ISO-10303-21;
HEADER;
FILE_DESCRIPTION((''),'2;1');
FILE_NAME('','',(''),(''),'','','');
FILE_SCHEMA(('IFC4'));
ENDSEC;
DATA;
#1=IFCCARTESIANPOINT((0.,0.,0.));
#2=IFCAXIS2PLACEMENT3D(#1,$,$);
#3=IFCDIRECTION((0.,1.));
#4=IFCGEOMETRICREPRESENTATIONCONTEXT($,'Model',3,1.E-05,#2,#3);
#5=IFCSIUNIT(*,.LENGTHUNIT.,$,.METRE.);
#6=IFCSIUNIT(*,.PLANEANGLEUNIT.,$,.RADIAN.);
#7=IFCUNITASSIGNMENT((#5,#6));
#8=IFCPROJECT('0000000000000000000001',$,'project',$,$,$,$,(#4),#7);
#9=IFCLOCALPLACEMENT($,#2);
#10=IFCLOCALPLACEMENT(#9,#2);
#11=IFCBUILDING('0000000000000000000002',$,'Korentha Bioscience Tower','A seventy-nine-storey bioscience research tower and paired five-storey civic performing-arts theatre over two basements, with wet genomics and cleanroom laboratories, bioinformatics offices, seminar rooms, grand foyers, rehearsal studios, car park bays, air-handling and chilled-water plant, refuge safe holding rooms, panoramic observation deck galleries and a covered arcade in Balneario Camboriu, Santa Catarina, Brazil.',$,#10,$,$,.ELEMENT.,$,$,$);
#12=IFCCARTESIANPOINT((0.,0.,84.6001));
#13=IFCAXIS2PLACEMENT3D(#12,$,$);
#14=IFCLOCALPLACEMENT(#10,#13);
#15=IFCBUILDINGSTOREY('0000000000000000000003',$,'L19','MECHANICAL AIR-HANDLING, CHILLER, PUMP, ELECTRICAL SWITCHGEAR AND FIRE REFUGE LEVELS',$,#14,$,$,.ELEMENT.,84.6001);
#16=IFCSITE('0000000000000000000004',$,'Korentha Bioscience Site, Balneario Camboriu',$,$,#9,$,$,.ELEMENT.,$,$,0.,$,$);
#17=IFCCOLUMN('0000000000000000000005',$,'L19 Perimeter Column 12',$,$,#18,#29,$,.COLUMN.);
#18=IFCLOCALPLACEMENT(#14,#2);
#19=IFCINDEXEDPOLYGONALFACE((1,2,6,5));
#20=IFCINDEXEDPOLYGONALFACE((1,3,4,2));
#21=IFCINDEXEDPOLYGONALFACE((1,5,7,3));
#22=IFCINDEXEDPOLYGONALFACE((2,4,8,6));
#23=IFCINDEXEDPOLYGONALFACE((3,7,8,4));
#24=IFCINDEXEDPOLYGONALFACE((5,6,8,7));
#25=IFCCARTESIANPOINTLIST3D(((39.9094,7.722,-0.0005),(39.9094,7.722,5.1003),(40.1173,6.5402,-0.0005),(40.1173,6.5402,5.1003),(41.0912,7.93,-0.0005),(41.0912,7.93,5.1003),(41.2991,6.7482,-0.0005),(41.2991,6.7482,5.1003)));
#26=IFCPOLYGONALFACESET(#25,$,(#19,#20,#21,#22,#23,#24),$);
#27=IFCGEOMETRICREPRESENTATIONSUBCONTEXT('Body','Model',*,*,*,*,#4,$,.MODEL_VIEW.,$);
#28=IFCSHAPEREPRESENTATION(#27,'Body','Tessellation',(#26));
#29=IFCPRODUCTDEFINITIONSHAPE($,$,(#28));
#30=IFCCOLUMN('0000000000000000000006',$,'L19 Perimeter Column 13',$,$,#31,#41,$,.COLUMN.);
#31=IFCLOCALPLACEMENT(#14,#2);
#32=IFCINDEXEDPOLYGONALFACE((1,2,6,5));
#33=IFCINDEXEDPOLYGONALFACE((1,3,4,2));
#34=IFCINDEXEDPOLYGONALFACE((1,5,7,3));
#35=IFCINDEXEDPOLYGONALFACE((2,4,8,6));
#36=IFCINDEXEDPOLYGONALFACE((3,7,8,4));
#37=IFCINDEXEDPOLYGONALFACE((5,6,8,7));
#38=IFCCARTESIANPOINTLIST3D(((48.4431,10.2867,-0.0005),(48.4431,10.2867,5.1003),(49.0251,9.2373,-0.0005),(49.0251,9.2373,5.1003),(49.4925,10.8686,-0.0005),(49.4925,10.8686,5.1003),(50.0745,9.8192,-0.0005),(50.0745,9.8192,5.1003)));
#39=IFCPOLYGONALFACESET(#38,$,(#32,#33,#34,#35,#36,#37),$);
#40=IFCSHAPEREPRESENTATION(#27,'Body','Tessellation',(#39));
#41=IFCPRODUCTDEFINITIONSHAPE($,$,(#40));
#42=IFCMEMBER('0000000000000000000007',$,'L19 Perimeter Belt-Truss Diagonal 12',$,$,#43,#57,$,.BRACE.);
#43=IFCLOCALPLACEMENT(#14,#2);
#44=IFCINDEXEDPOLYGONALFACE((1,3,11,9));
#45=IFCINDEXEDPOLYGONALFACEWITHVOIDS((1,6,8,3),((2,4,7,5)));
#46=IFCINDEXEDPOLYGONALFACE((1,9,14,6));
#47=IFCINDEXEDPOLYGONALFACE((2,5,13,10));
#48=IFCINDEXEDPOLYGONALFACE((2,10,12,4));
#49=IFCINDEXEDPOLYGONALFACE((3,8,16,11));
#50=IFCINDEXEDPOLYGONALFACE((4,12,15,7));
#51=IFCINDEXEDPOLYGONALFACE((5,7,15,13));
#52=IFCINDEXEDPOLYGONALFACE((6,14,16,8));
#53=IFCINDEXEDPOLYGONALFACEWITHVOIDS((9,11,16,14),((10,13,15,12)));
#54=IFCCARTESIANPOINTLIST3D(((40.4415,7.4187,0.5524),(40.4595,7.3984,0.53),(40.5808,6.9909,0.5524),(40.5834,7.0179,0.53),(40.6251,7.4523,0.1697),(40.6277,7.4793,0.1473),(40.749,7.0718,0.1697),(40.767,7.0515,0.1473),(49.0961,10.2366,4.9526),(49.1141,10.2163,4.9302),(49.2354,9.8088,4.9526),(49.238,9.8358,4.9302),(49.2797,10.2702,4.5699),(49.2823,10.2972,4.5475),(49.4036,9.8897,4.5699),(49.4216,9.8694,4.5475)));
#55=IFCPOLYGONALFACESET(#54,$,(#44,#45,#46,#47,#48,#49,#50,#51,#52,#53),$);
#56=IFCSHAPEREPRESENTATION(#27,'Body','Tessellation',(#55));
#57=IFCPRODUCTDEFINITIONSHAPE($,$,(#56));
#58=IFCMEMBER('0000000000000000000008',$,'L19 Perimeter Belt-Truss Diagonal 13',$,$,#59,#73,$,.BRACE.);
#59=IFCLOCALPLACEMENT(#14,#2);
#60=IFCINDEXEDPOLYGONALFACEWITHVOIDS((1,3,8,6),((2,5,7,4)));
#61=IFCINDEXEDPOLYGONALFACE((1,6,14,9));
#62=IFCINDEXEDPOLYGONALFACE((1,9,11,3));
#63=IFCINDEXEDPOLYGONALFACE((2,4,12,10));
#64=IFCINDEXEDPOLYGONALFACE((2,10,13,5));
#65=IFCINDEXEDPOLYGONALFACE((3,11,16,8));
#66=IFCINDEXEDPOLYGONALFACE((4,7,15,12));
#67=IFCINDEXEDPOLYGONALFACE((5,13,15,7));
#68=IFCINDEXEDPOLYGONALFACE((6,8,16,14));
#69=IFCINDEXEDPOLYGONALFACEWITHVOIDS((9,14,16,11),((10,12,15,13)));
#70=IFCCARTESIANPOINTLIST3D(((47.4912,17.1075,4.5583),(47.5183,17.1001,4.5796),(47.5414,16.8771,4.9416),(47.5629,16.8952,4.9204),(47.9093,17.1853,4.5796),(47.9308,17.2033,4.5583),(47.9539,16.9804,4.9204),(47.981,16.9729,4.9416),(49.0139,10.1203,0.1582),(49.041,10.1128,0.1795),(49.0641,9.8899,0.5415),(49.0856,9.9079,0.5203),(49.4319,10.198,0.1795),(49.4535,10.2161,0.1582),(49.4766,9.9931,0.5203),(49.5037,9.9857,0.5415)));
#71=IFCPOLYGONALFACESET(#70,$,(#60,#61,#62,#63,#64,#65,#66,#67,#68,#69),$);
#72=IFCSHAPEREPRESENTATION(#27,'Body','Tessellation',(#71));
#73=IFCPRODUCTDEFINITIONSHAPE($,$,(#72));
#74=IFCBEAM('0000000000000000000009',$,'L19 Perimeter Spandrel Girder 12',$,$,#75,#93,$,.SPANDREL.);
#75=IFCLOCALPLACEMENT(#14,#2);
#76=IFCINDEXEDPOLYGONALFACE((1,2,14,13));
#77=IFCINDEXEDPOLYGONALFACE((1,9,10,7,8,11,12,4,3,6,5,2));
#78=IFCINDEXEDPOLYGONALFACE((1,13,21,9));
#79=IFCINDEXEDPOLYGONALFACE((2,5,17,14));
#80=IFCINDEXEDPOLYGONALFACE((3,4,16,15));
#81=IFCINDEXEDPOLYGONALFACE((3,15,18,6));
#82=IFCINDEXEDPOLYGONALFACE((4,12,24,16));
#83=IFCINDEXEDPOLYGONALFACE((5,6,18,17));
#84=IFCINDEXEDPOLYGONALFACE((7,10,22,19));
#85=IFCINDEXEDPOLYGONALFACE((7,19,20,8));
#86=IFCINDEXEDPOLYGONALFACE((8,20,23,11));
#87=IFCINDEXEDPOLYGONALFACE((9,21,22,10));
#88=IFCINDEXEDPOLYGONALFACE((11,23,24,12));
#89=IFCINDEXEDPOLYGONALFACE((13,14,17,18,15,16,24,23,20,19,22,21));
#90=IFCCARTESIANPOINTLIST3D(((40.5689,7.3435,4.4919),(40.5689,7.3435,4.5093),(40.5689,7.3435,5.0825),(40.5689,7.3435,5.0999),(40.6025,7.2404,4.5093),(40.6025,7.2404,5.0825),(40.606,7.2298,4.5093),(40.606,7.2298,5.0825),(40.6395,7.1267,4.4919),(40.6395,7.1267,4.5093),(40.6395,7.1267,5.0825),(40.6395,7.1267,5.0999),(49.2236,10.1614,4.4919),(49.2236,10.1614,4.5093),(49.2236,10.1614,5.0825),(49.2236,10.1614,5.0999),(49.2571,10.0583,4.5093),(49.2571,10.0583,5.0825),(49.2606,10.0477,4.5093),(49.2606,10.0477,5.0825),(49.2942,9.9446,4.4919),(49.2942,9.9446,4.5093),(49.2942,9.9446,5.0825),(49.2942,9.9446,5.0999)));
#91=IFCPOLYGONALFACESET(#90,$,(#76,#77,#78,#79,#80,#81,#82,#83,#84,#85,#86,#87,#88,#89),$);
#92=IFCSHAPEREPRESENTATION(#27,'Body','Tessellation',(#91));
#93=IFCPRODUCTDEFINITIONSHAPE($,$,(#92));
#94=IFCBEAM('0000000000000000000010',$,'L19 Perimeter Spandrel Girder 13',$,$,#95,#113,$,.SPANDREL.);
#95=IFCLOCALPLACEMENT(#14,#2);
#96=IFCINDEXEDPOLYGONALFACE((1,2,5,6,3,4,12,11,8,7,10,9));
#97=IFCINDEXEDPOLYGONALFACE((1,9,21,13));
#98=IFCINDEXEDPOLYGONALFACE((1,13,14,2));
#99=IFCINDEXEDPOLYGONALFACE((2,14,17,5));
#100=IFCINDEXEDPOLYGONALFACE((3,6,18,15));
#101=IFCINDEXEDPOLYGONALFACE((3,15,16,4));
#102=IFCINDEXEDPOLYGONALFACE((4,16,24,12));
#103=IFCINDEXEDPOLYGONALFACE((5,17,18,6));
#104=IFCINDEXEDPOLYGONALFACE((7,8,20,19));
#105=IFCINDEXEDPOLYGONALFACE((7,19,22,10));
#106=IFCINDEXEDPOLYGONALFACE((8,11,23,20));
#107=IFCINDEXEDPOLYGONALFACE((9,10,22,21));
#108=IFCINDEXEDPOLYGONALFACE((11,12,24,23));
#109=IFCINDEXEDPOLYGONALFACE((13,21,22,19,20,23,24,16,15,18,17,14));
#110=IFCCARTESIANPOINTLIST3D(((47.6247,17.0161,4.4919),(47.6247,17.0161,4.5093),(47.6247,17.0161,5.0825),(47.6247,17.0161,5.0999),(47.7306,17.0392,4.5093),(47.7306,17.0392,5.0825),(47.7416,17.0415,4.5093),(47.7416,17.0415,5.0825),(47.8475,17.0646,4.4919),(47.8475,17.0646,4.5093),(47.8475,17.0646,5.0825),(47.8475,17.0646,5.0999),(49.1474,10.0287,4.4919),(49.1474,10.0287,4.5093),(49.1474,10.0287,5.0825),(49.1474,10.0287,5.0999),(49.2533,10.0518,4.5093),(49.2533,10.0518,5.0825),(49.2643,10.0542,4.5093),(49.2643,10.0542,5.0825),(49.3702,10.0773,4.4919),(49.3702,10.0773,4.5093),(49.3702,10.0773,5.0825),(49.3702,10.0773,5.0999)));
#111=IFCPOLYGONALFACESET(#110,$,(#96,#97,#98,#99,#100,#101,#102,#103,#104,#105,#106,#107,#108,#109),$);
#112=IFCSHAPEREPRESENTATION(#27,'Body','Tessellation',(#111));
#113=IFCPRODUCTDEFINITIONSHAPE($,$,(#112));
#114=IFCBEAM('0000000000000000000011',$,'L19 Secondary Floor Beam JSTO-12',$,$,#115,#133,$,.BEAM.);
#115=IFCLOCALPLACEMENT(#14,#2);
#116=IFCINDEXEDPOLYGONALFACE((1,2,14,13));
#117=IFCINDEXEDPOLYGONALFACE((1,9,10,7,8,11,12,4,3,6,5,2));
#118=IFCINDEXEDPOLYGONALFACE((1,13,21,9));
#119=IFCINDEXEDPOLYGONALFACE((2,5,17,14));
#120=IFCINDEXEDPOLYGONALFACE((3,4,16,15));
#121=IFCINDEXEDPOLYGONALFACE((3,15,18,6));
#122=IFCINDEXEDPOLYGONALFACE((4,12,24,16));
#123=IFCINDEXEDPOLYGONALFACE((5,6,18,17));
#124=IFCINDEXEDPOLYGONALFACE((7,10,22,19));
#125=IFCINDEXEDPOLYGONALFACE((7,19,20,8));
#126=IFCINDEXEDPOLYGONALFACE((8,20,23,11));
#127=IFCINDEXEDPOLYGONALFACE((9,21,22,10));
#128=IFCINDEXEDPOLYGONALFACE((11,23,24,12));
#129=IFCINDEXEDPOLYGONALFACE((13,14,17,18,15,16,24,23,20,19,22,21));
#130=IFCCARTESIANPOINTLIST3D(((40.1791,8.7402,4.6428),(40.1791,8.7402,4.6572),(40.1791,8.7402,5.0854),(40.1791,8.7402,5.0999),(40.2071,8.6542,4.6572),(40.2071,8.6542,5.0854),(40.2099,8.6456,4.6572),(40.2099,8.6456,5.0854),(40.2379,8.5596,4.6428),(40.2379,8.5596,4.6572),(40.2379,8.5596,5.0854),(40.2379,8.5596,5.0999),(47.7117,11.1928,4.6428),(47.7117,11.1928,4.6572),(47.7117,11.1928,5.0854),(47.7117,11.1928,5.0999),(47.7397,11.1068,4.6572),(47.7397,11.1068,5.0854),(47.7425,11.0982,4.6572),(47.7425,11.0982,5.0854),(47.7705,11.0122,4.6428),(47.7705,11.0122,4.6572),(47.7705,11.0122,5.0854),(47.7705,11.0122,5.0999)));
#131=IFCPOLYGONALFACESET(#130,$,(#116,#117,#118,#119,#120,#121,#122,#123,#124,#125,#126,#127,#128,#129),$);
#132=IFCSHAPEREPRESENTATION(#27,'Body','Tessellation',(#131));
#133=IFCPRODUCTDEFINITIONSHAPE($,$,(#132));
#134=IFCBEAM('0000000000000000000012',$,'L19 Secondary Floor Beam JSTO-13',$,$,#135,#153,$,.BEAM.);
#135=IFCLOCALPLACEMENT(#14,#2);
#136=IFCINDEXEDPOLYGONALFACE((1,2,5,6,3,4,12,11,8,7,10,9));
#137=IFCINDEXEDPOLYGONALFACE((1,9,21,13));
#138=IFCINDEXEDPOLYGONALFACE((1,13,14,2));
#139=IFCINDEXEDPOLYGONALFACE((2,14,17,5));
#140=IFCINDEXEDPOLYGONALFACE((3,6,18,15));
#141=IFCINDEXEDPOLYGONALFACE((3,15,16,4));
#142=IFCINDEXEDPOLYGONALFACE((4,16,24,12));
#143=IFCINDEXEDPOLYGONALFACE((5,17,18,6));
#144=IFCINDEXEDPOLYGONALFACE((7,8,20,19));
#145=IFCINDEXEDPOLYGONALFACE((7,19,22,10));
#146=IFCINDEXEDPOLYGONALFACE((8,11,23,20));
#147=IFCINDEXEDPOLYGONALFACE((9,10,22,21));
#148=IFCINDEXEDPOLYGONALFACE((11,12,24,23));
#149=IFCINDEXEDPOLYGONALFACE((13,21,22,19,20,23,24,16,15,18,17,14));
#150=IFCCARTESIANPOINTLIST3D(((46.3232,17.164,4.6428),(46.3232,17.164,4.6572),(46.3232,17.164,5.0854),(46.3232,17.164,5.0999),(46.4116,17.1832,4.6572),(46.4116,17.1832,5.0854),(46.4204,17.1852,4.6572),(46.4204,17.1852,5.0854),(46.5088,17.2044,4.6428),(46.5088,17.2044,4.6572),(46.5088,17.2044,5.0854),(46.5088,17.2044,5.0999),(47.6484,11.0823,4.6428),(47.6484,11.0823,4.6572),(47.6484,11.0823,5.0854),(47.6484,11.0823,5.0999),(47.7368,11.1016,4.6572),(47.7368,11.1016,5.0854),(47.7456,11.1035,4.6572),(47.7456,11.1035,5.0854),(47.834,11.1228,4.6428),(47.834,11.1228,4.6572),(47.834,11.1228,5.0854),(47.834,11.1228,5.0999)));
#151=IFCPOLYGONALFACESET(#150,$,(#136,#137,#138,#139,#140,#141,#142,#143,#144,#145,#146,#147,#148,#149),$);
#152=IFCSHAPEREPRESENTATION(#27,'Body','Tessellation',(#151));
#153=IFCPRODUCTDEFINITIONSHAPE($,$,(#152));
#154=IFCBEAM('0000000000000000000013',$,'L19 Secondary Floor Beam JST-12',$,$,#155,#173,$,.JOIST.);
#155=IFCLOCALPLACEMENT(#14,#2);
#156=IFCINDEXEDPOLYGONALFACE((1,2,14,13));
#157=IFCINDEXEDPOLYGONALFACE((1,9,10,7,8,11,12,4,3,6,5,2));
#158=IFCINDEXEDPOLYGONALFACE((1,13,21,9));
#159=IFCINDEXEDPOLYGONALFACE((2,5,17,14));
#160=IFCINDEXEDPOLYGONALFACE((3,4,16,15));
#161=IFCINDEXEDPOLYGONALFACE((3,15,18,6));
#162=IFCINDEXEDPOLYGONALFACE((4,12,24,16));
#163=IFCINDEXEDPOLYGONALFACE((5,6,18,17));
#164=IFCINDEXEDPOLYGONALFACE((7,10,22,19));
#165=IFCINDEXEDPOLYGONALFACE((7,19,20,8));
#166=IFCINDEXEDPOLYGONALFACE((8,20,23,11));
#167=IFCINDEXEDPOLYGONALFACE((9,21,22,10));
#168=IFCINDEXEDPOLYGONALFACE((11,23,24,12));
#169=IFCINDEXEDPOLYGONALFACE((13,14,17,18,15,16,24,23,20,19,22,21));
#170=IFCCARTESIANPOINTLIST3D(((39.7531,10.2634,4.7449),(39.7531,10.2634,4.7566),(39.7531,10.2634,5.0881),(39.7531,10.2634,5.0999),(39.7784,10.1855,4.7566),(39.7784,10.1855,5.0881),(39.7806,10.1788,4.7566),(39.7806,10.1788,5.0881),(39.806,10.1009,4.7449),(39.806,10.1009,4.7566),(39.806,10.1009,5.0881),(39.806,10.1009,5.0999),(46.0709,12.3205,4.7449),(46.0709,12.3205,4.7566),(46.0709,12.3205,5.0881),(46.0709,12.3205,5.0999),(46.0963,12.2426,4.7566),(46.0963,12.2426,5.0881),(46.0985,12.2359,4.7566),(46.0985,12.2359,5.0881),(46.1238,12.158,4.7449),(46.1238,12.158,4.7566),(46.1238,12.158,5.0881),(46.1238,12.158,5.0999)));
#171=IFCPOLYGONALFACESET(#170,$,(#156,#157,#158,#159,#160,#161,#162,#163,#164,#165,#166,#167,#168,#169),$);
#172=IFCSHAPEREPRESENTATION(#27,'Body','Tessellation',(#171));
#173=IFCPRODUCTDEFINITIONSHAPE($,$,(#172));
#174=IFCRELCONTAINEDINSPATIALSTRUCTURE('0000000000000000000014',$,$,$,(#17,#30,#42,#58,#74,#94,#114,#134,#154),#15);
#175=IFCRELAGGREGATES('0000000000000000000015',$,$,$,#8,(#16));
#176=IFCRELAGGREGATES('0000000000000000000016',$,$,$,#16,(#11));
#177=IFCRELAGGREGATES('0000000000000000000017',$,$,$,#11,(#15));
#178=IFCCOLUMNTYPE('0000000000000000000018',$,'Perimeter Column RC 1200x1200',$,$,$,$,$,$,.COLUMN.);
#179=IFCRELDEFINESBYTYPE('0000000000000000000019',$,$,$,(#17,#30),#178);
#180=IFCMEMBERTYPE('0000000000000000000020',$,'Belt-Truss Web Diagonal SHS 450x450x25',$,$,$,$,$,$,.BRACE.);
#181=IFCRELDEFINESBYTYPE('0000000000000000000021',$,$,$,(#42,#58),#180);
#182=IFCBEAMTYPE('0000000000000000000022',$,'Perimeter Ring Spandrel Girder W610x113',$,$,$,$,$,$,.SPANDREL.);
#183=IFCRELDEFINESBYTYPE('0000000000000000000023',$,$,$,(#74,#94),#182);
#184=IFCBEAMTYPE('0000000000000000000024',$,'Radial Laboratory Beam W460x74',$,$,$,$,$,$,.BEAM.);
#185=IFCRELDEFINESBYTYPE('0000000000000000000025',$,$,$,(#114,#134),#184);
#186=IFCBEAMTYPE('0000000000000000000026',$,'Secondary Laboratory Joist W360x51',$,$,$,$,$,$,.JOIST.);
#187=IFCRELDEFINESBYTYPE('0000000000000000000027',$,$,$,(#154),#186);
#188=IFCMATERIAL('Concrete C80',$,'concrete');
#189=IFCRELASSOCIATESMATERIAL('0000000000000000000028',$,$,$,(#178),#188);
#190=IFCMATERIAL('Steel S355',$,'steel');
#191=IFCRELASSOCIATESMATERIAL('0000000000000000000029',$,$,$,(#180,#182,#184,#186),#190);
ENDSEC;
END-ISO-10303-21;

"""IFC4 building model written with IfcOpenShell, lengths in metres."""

from ifc_helpers import new_model, si_unit, direction, frame, origin, origin_2d, place, context, subcontext, project, spatial, rectangle, hollow_rectangle, i_section, extrude, material, material_profile, profile_set, type_object, element, save


model = new_model("IFC4")

# Units and contexts
model_context = context("Model", 3, precision=1e-05, world=origin(), true_north=direction((0.0, 1.0)))
body_context = subcontext(model_context, "Body", "Model", "MODEL_VIEW")
ifc_project = project(units=[si_unit("LENGTHUNIT", "METRE"), si_unit("PLANEANGLEUNIT", "RADIAN")], contexts=[model_context])

# Site, building, storey
site_placement = place(None, origin())
site = spatial("IfcSite", under=ifc_project, at=site_placement, Name="Korentha Bioscience Site, Balneario Camboriu", CompositionType="ELEMENT", RefElevation=0.0)
building_placement = place(site_placement, origin())
building = spatial("IfcBuilding", under=site, at=building_placement, Name="Korentha Bioscience Tower", Description="A seventy-nine-storey bioscience research tower and paired five-storey civic performing-arts theatre over two basements, with wet genomics and cleanroom laboratories, bioinformatics offices, seminar rooms, grand foyers, rehearsal studios, car park bays, air-handling and chilled-water plant, refuge safe holding rooms, panoramic observation deck galleries and a covered arcade in Balneario Camboriu, Santa Catarina, Brazil.", CompositionType="ELEMENT")
storey_placement = place(building_placement, frame((0.0, 0.0, 84.6001)))
storey = spatial("IfcBuildingStorey", under=building, at=storey_placement, Name="L19", Description="MECHANICAL AIR-HANDLING, CHILLER, PUMP, ELECTRICAL SWITCHGEAR AND FIRE REFUGE LEVELS", CompositionType="ELEMENT", Elevation=84.6001)

# Columns
ifc_material_1 = material(Name="Concrete C80", Category="concrete")
ifc_material_profile_1 = material_profile(ifc_material_1, rectangle(XDim=1.2, YDim=1.2, at=origin_2d()), Name="Concrete C80")
ifc_profile_set_1 = profile_set([ifc_material_profile_1], Name="Concrete C80 (COL-P12)")
column_type = type_object("IfcColumnType", Name="Perimeter Column RC 1200x1200", PredefinedType="COLUMN", material=ifc_profile_set_1)
for number, where, z_axis, x_axis, name in (
    (1, (40.6042, 7.2351, -0.0005), (0.0, 0.0, 1.0), (0.984868, 0.173304, 0.0), "L19 Perimeter Column 12"),
    (2, (49.2588, 10.053, -0.0005), (0.0, 0.0, 1.0), (0.874535, 0.484962, 0.0), "L19 Perimeter Column 13"),
):
    element("IfcColumn", number, at=place(storey_placement, frame(where, z_axis=z_axis, x_axis=x_axis)), inside=storey, type_object=column_type, Name=name, PredefinedType="COLUMN", context=body_context, shape_type="SweptSolid", body=[
        extrude(rectangle(XDim=1.2, YDim=1.2, at=origin_2d()), origin(), (0.0, 0.0, 1.0), 5.1008),
    ])

# Members
ifc_material_2 = material(Name="Steel S355", Category="steel")
ifc_material_profile_2 = material_profile(ifc_material_2, hollow_rectangle(XDim=0.45, YDim=0.45, WallThickness=0.0249, at=origin_2d()), Name="Steel S355")
ifc_profile_set_2 = profile_set([ifc_material_profile_2], Name="Steel S355 (BT-D450)")
member_type = type_object("IfcMemberType", Name="Belt-Truss Web Diagonal SHS 450x450x25", PredefinedType="BRACE", material=ifc_profile_set_2)
member_1_placement = place(storey_placement, frame((40.6042, 7.2351, 0.3499), z_axis=(0.856077, 0.278734, 0.435247), x_axis=(-0.309597, 0.950868, 0.0)))
element("IfcMember", 3, at=member_1_placement, inside=storey, type_object=member_type, Name="L19 Perimeter Belt-Truss Diagonal 12", PredefinedType="BRACE", context=body_context, shape_type="SweptSolid", body=[
    extrude(hollow_rectangle(XDim=0.45, YDim=0.45, WallThickness=0.0249, at=origin_2d()), origin(), (0.0, 0.0, 1.0), 10.1096),
])
member_2_placement = place(storey_placement, frame((49.2588, 10.053, 0.3499), z_axis=(-0.181349, 0.832162, 0.524041), x_axis=(-0.977068, -0.212927, 0.0)))
element("IfcMember", 4, at=member_2_placement, inside=storey, type_object=member_type, Name="L19 Perimeter Belt-Truss Diagonal 13", PredefinedType="BRACE", context=body_context, shape_type="SweptSolid", body=[
    extrude(hollow_rectangle(XDim=0.45, YDim=0.45, WallThickness=0.0249, at=origin_2d()), origin(), (0.0, 0.0, 1.0), 8.3965),
])

# Beams
ifc_material_profile_3 = material_profile(ifc_material_2, i_section(OverallWidth=0.228, OverallDepth=0.6079, WebThickness=0.0112, FlangeThickness=0.0173, at=origin_2d()), Name="Steel S355")
ifc_profile_set_3 = profile_set([ifc_material_profile_3], Name="Steel S355 (SB-610)")
beam_type_1 = type_object("IfcBeamType", Name="Perimeter Ring Spandrel Girder W610x113", PredefinedType="SPANDREL", material=ifc_profile_set_3)
beam_1_placement = place(storey_placement, frame((40.6042, 7.2351, 4.7959), z_axis=(0.950868, 0.309597, 0.0), x_axis=(-0.309597, 0.950868, 0.0)))
element("IfcBeam", 5, at=beam_1_placement, inside=storey, type_object=beam_type_1, Name="L19 Perimeter Spandrel Girder 12", PredefinedType="SPANDREL", context=body_context, shape_type="SweptSolid", body=[
    extrude(i_section(OverallWidth=0.228, OverallDepth=0.6079, WebThickness=0.0112, FlangeThickness=0.0173, at=origin_2d()), origin(), (0.0, 0.0, 1.0), 9.1018),
])
beam_2_placement = place(storey_placement, frame((49.2588, 10.053, 4.7959), z_axis=(-0.212927, 0.977068, 0.0), x_axis=(-0.977068, -0.212927, 0.0)))
element("IfcBeam", 6, at=beam_2_placement, inside=storey, type_object=beam_type_1, Name="L19 Perimeter Spandrel Girder 13", PredefinedType="SPANDREL", context=body_context, shape_type="SweptSolid", body=[
    extrude(i_section(OverallWidth=0.228, OverallDepth=0.6079, WebThickness=0.0112, FlangeThickness=0.0173, at=origin_2d()), origin(), (0.0, 0.0, 1.0), 7.1514),
])
ifc_material_profile_4 = material_profile(ifc_material_2, i_section(OverallWidth=0.1899, OverallDepth=0.457, WebThickness=0.009, FlangeThickness=0.0144, at=origin_2d()), Name="Steel S355")
ifc_profile_set_4 = profile_set([ifc_material_profile_4], Name="Steel S355 (RB-460)")
beam_type_2 = type_object("IfcBeamType", Name="Radial Laboratory Beam W460x74", PredefinedType="BEAM", material=ifc_profile_set_4)
beam_3_placement = place(storey_placement, frame((40.2085, 8.6499, 4.8713), z_axis=(0.950867, 0.3096, 0.0), x_axis=(-0.3096, 0.950867, 0.0)))
element("IfcBeam", 7, at=beam_3_placement, inside=storey, type_object=beam_type_2, Name="L19 Secondary Floor Beam JSTO-12", PredefinedType="BEAM", context=body_context, shape_type="SweptSolid", body=[
    extrude(i_section(OverallWidth=0.1899, OverallDepth=0.457, WebThickness=0.009, FlangeThickness=0.0144, at=origin_2d()), origin(), (0.0, 0.0, 1.0), 7.9219),
])
beam_4_placement = place(storey_placement, frame((47.7412, 11.1025, 4.8713), z_axis=(-0.212908, 0.977072, 0.0), x_axis=(-0.977072, -0.212908, 0.0)))
element("IfcBeam", 8, at=beam_4_placement, inside=storey, type_object=beam_type_2, Name="L19 Secondary Floor Beam JSTO-13", PredefinedType="BEAM", context=body_context, shape_type="SweptSolid", body=[
    extrude(i_section(OverallWidth=0.1899, OverallDepth=0.457, WebThickness=0.009, FlangeThickness=0.0144, at=origin_2d()), origin(), (0.0, 0.0, 1.0), 6.2244),
])
ifc_material_profile_5 = material_profile(ifc_material_2, i_section(OverallWidth=0.1709, OverallDepth=0.355, WebThickness=0.0071, FlangeThickness=0.0117, at=origin_2d()), Name="Steel S355")
ifc_profile_set_5 = profile_set([ifc_material_profile_5], Name="Steel S355 (JB-360)")
beam_type_3 = type_object("IfcBeamType", Name="Secondary Laboratory Joist W360x51", PredefinedType="JOIST", material=ifc_profile_set_5)
beam_5_placement = place(storey_placement, frame((39.7795, 10.1821, 4.9224), z_axis=(0.950865, 0.309606, 0.0), x_axis=(-0.309606, 0.950865, 0.0)))
element("IfcBeam", 9, at=beam_5_placement, inside=storey, type_object=beam_type_3, Name="L19 Secondary Floor Beam JST-12", PredefinedType="JOIST", context=body_context, shape_type="SweptSolid", body=[
    extrude(i_section(OverallWidth=0.1709, OverallDepth=0.355, WebThickness=0.0071, FlangeThickness=0.0117, at=origin_2d()), origin(), (0.0, 0.0, 1.0), 6.6443),
])

save(model, "model.ifc")
